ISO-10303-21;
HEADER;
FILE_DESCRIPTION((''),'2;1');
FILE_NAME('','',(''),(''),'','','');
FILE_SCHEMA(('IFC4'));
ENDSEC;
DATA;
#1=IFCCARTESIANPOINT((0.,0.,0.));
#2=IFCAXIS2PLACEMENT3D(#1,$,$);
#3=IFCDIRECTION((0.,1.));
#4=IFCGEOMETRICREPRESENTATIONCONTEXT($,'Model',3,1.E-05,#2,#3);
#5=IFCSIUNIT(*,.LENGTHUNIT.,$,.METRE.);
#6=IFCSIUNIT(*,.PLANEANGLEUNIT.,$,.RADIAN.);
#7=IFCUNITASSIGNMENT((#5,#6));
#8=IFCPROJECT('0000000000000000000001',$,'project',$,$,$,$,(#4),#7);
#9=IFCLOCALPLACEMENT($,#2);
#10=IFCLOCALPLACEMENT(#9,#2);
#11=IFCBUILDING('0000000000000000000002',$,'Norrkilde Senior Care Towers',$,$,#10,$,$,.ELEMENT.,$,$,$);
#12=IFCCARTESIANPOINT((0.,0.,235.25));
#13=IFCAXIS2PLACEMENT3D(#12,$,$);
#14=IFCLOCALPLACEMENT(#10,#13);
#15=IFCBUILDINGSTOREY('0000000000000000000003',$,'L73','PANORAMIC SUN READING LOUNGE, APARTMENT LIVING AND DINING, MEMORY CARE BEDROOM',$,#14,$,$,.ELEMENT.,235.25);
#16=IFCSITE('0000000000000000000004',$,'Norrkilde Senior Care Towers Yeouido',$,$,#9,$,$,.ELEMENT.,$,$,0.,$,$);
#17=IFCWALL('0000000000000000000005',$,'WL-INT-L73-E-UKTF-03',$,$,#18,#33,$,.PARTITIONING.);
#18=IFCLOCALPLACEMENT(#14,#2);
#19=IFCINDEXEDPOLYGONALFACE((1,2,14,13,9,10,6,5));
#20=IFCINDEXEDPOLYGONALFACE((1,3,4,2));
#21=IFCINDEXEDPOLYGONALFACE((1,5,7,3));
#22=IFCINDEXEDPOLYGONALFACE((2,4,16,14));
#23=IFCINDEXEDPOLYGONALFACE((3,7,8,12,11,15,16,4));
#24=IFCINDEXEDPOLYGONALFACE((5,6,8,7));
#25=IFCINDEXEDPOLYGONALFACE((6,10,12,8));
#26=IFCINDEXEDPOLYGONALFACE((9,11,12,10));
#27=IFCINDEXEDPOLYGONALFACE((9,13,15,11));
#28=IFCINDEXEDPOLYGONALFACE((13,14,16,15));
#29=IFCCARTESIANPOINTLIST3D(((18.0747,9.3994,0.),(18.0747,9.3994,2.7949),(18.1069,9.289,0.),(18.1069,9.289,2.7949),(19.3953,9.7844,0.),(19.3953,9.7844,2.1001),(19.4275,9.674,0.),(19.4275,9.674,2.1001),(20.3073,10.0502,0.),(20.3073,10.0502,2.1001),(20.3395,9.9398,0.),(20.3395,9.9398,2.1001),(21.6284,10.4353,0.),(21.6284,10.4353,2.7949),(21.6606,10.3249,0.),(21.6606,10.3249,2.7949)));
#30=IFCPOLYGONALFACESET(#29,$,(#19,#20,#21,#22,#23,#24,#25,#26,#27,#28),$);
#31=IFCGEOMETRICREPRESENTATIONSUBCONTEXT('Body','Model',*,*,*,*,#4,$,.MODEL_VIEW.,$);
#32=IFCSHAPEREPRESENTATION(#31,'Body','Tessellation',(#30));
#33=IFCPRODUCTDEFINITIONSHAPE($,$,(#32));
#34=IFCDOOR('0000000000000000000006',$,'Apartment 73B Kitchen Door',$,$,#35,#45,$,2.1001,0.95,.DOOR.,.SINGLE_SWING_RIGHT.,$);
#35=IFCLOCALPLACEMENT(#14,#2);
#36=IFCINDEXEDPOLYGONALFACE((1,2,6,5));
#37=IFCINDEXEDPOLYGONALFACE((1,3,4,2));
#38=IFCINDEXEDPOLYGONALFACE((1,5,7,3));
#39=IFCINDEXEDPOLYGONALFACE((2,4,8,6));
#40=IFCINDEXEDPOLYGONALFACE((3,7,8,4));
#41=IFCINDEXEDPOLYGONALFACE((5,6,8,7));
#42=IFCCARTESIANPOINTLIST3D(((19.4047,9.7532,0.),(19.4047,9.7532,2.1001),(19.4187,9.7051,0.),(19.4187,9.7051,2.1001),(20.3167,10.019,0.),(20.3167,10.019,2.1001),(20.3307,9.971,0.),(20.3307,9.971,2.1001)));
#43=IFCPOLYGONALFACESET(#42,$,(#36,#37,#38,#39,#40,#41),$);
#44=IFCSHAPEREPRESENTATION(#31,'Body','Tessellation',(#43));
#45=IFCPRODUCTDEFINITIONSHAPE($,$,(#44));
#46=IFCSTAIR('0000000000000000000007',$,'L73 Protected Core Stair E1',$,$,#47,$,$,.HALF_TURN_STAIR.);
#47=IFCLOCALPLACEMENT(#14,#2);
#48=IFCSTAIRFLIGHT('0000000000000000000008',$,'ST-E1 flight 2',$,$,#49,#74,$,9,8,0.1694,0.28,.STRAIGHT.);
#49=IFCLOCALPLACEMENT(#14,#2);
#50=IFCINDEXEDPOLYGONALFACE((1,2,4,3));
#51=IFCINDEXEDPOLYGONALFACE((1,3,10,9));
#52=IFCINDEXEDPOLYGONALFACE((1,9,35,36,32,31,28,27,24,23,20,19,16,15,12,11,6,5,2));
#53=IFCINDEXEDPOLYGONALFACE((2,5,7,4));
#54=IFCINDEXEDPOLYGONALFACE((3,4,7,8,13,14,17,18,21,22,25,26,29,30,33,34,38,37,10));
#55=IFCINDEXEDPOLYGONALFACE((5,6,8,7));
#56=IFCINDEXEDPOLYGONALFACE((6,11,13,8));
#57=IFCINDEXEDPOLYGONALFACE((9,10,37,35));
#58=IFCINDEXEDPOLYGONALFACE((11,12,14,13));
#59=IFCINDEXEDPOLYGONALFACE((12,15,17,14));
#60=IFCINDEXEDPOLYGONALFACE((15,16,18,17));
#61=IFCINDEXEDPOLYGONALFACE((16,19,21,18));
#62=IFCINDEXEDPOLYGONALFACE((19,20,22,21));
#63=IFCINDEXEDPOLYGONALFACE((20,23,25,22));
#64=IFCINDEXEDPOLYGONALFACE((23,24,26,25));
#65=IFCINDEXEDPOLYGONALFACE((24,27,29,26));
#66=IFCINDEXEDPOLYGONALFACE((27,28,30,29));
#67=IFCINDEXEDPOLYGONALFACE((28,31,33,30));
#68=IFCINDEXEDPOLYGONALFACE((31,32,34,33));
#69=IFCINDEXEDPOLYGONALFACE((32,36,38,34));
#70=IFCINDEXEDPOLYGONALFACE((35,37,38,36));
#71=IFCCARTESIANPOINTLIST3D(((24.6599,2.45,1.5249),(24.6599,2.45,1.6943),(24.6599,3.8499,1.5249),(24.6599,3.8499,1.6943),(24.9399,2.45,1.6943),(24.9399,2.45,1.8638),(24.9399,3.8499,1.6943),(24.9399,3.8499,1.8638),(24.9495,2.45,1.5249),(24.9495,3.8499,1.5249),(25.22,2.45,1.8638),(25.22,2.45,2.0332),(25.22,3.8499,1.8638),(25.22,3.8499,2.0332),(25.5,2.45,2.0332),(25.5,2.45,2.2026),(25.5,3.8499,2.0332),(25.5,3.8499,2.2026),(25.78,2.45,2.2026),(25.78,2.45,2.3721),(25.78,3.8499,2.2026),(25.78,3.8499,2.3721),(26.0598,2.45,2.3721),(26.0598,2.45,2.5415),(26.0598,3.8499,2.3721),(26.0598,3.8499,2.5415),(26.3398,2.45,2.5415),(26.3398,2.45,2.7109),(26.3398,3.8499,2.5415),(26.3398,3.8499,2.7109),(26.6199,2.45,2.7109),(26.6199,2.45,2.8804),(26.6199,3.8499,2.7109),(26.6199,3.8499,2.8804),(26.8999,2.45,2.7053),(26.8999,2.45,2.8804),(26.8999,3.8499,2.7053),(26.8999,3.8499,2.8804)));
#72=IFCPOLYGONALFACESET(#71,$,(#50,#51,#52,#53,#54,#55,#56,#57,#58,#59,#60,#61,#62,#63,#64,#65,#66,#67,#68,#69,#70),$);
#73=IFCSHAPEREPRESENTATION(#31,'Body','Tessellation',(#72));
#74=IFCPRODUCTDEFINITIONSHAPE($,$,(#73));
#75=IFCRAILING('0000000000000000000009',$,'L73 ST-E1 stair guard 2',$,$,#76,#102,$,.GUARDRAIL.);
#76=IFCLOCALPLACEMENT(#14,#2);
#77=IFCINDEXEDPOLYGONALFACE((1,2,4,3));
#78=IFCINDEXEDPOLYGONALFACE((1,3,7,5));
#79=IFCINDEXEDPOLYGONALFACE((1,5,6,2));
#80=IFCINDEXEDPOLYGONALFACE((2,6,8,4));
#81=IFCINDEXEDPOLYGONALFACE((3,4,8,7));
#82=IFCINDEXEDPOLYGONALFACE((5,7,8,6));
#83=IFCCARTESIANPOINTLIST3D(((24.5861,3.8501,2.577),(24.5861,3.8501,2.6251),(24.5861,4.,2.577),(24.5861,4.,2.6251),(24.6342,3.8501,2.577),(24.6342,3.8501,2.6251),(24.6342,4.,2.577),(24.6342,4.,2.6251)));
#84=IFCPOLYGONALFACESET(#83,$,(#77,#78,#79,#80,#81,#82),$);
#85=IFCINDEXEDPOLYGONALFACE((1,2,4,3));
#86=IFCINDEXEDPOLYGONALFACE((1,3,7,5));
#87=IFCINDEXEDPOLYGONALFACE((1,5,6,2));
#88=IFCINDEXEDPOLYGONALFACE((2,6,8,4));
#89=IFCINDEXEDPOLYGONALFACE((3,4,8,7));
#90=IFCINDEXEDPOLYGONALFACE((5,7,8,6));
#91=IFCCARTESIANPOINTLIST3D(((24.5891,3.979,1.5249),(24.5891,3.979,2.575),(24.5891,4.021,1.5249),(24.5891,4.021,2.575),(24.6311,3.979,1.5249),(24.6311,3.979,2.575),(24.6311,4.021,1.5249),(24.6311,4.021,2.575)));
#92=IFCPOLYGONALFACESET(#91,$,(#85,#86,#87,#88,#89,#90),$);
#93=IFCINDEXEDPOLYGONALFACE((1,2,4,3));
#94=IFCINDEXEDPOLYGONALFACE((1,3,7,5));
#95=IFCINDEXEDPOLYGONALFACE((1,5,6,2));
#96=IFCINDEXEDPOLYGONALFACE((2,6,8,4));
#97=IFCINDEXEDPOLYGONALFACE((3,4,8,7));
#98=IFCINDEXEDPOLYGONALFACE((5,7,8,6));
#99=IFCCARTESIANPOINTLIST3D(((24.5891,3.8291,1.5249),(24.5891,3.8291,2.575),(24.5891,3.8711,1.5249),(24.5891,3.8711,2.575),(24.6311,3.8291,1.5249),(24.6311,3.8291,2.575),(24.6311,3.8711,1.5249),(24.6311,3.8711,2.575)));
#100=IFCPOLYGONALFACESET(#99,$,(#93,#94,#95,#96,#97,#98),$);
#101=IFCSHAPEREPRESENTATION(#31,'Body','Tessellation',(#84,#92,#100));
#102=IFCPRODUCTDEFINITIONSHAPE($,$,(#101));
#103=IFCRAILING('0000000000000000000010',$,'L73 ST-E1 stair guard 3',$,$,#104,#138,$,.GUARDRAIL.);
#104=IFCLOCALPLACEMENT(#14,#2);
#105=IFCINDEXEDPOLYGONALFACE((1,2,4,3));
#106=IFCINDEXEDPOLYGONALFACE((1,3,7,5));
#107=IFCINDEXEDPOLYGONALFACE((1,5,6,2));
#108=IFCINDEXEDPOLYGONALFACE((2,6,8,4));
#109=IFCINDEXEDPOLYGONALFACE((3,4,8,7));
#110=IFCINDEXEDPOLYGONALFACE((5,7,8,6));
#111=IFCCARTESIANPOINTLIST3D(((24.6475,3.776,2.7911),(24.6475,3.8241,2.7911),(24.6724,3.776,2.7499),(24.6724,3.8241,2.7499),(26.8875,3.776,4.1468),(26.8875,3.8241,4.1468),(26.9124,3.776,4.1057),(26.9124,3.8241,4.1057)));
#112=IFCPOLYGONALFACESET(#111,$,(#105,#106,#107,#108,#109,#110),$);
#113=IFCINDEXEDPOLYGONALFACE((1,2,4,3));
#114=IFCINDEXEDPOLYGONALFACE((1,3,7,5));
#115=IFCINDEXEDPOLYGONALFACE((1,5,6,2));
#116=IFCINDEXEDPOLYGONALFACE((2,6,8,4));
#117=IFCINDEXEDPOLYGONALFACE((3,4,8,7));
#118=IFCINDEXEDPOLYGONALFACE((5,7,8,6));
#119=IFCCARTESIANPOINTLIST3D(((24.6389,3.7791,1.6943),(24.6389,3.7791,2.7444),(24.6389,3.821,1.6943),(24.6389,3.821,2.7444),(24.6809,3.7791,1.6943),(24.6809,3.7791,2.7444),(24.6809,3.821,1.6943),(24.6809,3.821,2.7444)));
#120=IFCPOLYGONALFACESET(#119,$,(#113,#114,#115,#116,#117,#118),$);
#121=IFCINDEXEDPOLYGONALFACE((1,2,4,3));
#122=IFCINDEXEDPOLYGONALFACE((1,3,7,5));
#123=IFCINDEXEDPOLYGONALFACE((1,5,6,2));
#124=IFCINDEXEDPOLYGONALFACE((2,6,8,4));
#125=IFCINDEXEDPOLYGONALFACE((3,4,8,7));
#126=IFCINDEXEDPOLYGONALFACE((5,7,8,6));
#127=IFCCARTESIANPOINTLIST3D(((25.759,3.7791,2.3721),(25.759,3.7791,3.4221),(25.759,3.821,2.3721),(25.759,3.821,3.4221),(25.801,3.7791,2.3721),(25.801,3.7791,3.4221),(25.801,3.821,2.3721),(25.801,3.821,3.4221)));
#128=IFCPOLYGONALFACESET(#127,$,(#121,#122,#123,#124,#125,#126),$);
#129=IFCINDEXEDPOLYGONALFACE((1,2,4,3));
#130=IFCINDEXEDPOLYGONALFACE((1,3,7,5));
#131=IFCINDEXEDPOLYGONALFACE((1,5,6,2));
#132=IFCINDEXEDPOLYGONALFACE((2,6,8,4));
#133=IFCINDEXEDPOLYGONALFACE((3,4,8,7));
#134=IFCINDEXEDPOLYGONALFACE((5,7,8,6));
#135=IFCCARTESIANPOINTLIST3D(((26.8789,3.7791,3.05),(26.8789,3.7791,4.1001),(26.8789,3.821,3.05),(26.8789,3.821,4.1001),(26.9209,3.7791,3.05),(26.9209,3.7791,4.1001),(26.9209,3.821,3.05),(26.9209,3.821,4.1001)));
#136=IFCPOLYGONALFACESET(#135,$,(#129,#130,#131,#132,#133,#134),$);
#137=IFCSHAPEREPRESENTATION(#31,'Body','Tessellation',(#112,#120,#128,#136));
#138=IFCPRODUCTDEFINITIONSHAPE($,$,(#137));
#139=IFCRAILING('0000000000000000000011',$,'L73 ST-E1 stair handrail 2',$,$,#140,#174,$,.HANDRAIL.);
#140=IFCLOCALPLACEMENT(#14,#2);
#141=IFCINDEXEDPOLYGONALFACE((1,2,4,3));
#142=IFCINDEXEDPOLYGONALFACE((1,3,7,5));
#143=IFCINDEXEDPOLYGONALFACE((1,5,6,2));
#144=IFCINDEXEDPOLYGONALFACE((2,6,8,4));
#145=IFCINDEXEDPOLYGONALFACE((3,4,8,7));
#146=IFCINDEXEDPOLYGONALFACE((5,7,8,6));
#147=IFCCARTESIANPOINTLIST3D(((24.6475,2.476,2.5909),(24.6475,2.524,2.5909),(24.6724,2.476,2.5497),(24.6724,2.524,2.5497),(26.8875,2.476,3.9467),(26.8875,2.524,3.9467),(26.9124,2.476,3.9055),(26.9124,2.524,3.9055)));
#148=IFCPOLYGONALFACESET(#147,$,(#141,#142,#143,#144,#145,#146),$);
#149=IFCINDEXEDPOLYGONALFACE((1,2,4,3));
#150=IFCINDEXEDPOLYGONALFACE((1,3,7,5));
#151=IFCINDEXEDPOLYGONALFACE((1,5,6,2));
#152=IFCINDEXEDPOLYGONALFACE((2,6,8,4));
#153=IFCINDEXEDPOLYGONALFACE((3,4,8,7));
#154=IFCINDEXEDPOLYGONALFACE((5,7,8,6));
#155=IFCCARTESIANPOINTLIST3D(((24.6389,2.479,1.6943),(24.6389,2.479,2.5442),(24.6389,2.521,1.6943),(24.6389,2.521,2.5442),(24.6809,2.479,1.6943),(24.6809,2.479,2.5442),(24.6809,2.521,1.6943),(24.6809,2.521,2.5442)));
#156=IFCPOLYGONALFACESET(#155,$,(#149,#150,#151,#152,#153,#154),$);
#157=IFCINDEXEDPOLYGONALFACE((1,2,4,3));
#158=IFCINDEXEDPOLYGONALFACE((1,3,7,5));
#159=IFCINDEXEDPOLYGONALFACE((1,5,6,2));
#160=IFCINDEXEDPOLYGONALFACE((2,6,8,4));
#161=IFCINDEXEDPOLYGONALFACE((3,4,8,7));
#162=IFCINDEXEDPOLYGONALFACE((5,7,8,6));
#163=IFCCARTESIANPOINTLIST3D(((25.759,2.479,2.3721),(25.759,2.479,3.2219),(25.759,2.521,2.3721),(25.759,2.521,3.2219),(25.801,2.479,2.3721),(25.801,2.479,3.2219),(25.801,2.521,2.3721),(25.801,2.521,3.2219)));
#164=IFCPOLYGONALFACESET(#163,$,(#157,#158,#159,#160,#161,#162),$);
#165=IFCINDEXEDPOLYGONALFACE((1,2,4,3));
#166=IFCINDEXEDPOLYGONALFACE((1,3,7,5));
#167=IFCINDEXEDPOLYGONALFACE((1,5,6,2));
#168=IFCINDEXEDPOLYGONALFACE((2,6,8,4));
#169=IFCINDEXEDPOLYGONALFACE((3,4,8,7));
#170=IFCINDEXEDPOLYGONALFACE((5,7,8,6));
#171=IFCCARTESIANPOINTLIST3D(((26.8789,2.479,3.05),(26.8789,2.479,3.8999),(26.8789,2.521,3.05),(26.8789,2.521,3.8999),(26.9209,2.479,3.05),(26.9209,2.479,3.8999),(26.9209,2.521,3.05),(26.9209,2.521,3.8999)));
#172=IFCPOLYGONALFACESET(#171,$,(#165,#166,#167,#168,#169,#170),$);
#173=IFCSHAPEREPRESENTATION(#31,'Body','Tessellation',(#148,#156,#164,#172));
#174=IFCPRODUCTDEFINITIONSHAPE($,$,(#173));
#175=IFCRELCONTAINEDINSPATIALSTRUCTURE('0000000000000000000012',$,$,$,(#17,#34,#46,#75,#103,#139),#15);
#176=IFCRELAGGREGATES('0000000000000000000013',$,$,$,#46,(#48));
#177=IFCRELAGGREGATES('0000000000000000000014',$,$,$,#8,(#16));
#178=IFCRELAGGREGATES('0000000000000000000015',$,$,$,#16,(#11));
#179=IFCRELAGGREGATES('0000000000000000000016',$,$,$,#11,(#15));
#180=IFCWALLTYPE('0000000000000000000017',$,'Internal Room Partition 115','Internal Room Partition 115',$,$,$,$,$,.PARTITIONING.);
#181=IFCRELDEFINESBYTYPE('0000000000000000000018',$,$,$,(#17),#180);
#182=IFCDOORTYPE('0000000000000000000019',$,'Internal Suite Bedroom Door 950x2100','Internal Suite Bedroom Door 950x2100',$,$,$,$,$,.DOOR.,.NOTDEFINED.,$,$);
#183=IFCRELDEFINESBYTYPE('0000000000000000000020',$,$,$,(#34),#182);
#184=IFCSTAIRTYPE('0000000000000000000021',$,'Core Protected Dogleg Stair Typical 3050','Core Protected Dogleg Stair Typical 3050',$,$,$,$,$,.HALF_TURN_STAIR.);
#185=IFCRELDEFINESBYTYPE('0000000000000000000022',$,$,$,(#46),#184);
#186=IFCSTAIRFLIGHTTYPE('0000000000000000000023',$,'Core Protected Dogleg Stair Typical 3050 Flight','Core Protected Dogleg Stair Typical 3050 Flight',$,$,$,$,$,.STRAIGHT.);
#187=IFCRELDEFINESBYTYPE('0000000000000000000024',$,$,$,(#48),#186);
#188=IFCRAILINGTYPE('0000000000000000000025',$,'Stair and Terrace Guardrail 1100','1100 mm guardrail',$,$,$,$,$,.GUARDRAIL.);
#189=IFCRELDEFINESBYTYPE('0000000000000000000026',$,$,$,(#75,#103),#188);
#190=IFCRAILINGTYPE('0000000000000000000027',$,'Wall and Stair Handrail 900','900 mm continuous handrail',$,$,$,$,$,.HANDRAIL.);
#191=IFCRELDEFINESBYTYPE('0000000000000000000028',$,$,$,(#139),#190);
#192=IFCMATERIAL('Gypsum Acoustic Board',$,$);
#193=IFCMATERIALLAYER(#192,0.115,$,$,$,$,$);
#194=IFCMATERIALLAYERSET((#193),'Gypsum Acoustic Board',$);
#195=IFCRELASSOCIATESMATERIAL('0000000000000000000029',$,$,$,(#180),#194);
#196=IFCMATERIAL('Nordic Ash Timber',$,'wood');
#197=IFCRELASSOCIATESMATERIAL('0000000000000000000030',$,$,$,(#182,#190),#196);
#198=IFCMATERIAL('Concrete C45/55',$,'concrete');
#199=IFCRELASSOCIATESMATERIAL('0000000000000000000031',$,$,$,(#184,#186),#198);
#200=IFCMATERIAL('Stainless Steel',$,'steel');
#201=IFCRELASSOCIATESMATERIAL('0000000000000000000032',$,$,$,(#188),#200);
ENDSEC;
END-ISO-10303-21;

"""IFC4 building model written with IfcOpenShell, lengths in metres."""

from ifc_helpers import new_model, si_unit, direction, frame, frame_2d, origin, origin_2d, place, context, subcontext, project, spatial, polyline, rectangle, outline, extrude, source, transform, mapped, material, layer, layer_set, type_object, type_shapes, element, fill, aggregate, save


model = new_model("IFC4")

# Units and contexts
model_context = context("Model", 3, precision=1e-05, world=origin(), true_north=direction((0.0, 1.0)))
body_context = subcontext(model_context, "Body", "Model", "MODEL_VIEW")
ifc_project = project(units=[si_unit("LENGTHUNIT", "METRE"), si_unit("PLANEANGLEUNIT", "RADIAN")], contexts=[model_context])

# Site, building, storey
site_placement = place(None, origin())
site = spatial("IfcSite", under=ifc_project, at=site_placement, Name="Norrkilde Senior Care Towers Yeouido", CompositionType="ELEMENT", RefElevation=0.0)
building_placement = place(site_placement, origin())
building = spatial("IfcBuilding", under=site, at=building_placement, Name="Norrkilde Senior Care Towers", CompositionType="ELEMENT")
storey_placement = place(building_placement, frame((0.0, 0.0, 235.25)))
storey = spatial("IfcBuildingStorey", under=building, at=storey_placement, Name="L73", Description="PANORAMIC SUN READING LOUNGE, APARTMENT LIVING AND DINING, MEMORY CARE BEDROOM", CompositionType="ELEMENT", Elevation=235.25)

# Shared definitions
ifc_material_1 = material(Name="Concrete C45/55", Category="concrete")

# Shared definitions
ifc_material_2 = material(Name="Gypsum Acoustic Board")

# Shared definitions
ifc_material_3 = material(Name="Nordic Ash Timber", Category="wood")

# Shared definitions
ifc_layer_1 = layer(ifc_material_2, 0.115)
ifc_layer_set_1 = layer_set([ifc_layer_1], Name="Gypsum Acoustic Board")
wall_type_1 = type_object("IfcWallType", Name="Internal Room Partition 115", Description="Internal Room Partition 115", PredefinedType="PARTITIONING", material=ifc_layer_set_1)

# Wall, opening, door
shared_shape_1 = source(origin(), body_context, "Body", "SweptSolid", [
    extrude(rectangle(XDim=3.7017, YDim=0.115, at=frame_2d((1.8508, 0.0))), origin(), (0.0, 0.0, 1.0), 2.7949),
])
wall_1_placement = place(storey_placement, frame((21.6445, 10.3801, 0.0), z_axis=(0.0, 0.0, 1.0), x_axis=(-0.960044, -0.279848, 0.0)))
wall_1 = element("IfcWall", 1, at=wall_1_placement, inside=storey, type_object=wall_type_1, Name="WL-INT-L73-E-UKTF-03", PredefinedType="PARTITIONING", context=body_context, shape_type="MappedRepresentation", body=[
    mapped(shared_shape_1, transform((0.0, 0.0, 0.0), x_axis=(1.0, 0.0, 0.0), y_axis=(0.0, 1.0, 0.0), z_axis=(0.0, 0.0, 1.0), scale=1.0)),
])
opening_1_placement = place(wall_1_placement, frame((1.376, 0.0, 0.0)))
opening_1 = element("IfcOpeningElement", 2, at=opening_1_placement, cuts=wall_1, PredefinedType="OPENING", context=body_context, shape_type="SweptSolid", body=[
    extrude(rectangle(XDim=0.95, YDim=2.1001, at=frame_2d((0.4751, 1.05))), frame((0.0, 0.0674, 0.0), z_axis=(0.0, -1.0, 0.0), x_axis=(1.0, 0.0, 0.0)), (0.0, 0.0, 1.0), 0.135),
])
door_type_1 = type_object("IfcDoorType", Name="Internal Suite Bedroom Door 950x2100", Description="Internal Suite Bedroom Door 950x2100", OperationType="NOTDEFINED", PredefinedType="DOOR", material=ifc_material_3)
shared_shape_2 = source(origin(), body_context, "Body", "SweptSolid", [
    extrude(rectangle(XDim=0.95, YDim=2.1001, at=frame_2d((0.4751, 1.05))), frame((0.0, 0.0249, 0.0), z_axis=(0.0, -1.0, 0.0), x_axis=(1.0, 0.0, 0.0)), (0.0, 0.0, 1.0), 0.05),
])
type_shapes(door_type_1, [shared_shape_2])
door_1_placement = place(opening_1_placement, frame((0.95, 0.0, 0.0), z_axis=(0.0, 0.0, 1.0), x_axis=(-1.0, 0.0, 0.0)))
door_1 = element("IfcDoor", 3, at=door_1_placement, inside=storey, type_object=door_type_1, Name="Apartment 73B Kitchen Door", OperationType="SINGLE_SWING_RIGHT", OverallHeight=2.1001, OverallWidth=0.95, PredefinedType="DOOR", context=body_context, shape_type="MappedRepresentation", body=[
    mapped(shared_shape_2, transform((0.0, 0.0, 0.0), x_axis=(1.0, 0.0, 0.0), y_axis=(0.0, 1.0, 0.0), z_axis=(0.0, 0.0, 1.0), scale=1.0)),
])
fill(opening_1, door_1)

# Stair, stair flight
stair_type = type_object("IfcStairType", Name="Core Protected Dogleg Stair Typical 3050", Description="Core Protected Dogleg Stair Typical 3050", PredefinedType="HALF_TURN_STAIR", material=ifc_material_1)
stair_placement = place(storey_placement, origin())
stair = element("IfcStair", 4, at=stair_placement, inside=storey, type_object=stair_type, Name="L73 Protected Core Stair E1", PredefinedType="HALF_TURN_STAIR")
stair_flight_type = type_object("IfcStairFlightType", Name="Core Protected Dogleg Stair Typical 3050 Flight", Description="Core Protected Dogleg Stair Typical 3050 Flight", PredefinedType="STRAIGHT", material=ifc_material_1)
stair_flight_placement = place(storey_placement, frame((24.6599, 3.1499, 1.5249), z_axis=(0.0, 0.0, 1.0), x_axis=(1.0, 0.0, 0.0)))
stair_flight = element("IfcStairFlight", 5, at=stair_flight_placement, type_object=stair_flight_type, Name="ST-E1 flight 2", NumberOfRisers=9, NumberOfTreads=8, PredefinedType="STRAIGHT", RiserHeight=0.1694, TreadLength=0.28, context=body_context, shape_type="SweptSolid", body=[
    extrude(outline(polyline([(0.0, 0.0), (0.0, 0.1694), (0.28, 0.1694), (0.28, 0.3389), (0.5601, 0.3389), (0.5601, 0.5083), (0.8401, 0.5083), (0.8401, 0.6777), (1.1201, 0.6777), (1.1201, 0.8472), (1.3999, 0.8472), (1.3999, 1.0166), (1.6799, 1.0166), (1.6799, 1.186), (1.96, 1.186), (1.96, 1.3555), (2.24, 1.3555), (2.24, 1.5249), (2.24, 1.1804), (0.2896, 0.0), (0.0, 0.0)])), frame((0.0, 0.7, 0.0), z_axis=(0.0, -1.0, 0.0), x_axis=(1.0, 0.0, 0.0)), (0.0, 0.0, 1.0), 1.3999),
])
aggregate(stair, [stair_flight])

# Railings
ifc_material_4 = material(Name="Stainless Steel", Category="steel")
railing_type_1 = type_object("IfcRailingType", Name="Stair and Terrace Guardrail 1100", Description="1100 mm guardrail", PredefinedType="GUARDRAIL", material=ifc_material_4)
railing_1_placement = place(storey_placement, frame((24.6101, 4.0, 1.5249)))
element("IfcRailing", 6, at=railing_1_placement, inside=storey, type_object=railing_type_1, Name="L73 ST-E1 stair guard 2", PredefinedType="GUARDRAIL", context=body_context, shape_type="SweptSolid", body=[
    extrude(rectangle(XDim=0.0481, YDim=0.0481, at=origin_2d()), frame((0.0, 0.0, 1.0762), z_axis=(0.0, -1.0, 0.0), x_axis=(1.0, 0.0, 0.0)), (0.0, 0.0, 1.0), 0.1499),
    extrude(rectangle(XDim=0.042, YDim=0.042, at=origin_2d()), origin(), (0.0, 0.0, 1.0), 1.05),
    extrude(rectangle(XDim=0.042, YDim=0.042, at=origin_2d()), frame((0.0, -0.1499, 0.0)), (0.0, 0.0, 1.0), 1.05),
])
railing_2_placement = place(storey_placement, frame((24.6599, 3.8, 1.6943)))
element("IfcRailing", 7, at=railing_2_placement, inside=storey, type_object=railing_type_1, Name="L73 ST-E1 stair guard 3", PredefinedType="GUARDRAIL", context=body_context, shape_type="SweptSolid", body=[
    extrude(rectangle(XDim=0.0481, YDim=0.0481, at=origin_2d()), frame((0.0, 0.0, 1.0762), z_axis=(0.855512, 0.0, 0.517783), x_axis=(0.0, 1.0, 0.0)), (0.0, 0.0, 1.0), 2.6184),
    extrude(rectangle(XDim=0.042, YDim=0.042, at=origin_2d()), origin(), (0.0, 0.0, 1.0), 1.05),
    extrude(rectangle(XDim=0.042, YDim=0.042, at=origin_2d()), frame((1.1201, 0.0, 0.6777)), (0.0, 0.0, 1.0), 1.05),
    extrude(rectangle(XDim=0.042, YDim=0.042, at=origin_2d()), frame((2.24, 0.0, 1.3557)), (0.0, 0.0, 1.0), 1.05),
])
railing_type_2 = type_object("IfcRailingType", Name="Wall and Stair Handrail 900", Description="900 mm continuous handrail", PredefinedType="HANDRAIL", material=ifc_material_3)
railing_3_placement = place(storey_placement, frame((24.6599, 2.5, 1.6943)))
element("IfcRailing", 8, at=railing_3_placement, inside=storey, type_object=railing_type_2, Name="L73 ST-E1 stair handrail 2", PredefinedType="HANDRAIL", context=body_context, shape_type="SweptSolid", body=[
    extrude(rectangle(XDim=0.0481, YDim=0.0481, at=origin_2d()), frame((0.0, 0.0, 0.876), z_axis=(0.855512, 0.0, 0.517783), x_axis=(0.0, 1.0, 0.0)), (0.0, 0.0, 1.0), 2.6184),
    extrude(rectangle(XDim=0.042, YDim=0.042, at=origin_2d()), origin(), (0.0, 0.0, 1.0), 0.8499),
    extrude(rectangle(XDim=0.042, YDim=0.042, at=origin_2d()), frame((1.1201, 0.0, 0.6777)), (0.0, 0.0, 1.0), 0.8499),
    extrude(rectangle(XDim=0.042, YDim=0.042, at=origin_2d()), frame((2.24, 0.0, 1.3557)), (0.0, 0.0, 1.0), 0.8499),
])

save(model, "model.ifc")
